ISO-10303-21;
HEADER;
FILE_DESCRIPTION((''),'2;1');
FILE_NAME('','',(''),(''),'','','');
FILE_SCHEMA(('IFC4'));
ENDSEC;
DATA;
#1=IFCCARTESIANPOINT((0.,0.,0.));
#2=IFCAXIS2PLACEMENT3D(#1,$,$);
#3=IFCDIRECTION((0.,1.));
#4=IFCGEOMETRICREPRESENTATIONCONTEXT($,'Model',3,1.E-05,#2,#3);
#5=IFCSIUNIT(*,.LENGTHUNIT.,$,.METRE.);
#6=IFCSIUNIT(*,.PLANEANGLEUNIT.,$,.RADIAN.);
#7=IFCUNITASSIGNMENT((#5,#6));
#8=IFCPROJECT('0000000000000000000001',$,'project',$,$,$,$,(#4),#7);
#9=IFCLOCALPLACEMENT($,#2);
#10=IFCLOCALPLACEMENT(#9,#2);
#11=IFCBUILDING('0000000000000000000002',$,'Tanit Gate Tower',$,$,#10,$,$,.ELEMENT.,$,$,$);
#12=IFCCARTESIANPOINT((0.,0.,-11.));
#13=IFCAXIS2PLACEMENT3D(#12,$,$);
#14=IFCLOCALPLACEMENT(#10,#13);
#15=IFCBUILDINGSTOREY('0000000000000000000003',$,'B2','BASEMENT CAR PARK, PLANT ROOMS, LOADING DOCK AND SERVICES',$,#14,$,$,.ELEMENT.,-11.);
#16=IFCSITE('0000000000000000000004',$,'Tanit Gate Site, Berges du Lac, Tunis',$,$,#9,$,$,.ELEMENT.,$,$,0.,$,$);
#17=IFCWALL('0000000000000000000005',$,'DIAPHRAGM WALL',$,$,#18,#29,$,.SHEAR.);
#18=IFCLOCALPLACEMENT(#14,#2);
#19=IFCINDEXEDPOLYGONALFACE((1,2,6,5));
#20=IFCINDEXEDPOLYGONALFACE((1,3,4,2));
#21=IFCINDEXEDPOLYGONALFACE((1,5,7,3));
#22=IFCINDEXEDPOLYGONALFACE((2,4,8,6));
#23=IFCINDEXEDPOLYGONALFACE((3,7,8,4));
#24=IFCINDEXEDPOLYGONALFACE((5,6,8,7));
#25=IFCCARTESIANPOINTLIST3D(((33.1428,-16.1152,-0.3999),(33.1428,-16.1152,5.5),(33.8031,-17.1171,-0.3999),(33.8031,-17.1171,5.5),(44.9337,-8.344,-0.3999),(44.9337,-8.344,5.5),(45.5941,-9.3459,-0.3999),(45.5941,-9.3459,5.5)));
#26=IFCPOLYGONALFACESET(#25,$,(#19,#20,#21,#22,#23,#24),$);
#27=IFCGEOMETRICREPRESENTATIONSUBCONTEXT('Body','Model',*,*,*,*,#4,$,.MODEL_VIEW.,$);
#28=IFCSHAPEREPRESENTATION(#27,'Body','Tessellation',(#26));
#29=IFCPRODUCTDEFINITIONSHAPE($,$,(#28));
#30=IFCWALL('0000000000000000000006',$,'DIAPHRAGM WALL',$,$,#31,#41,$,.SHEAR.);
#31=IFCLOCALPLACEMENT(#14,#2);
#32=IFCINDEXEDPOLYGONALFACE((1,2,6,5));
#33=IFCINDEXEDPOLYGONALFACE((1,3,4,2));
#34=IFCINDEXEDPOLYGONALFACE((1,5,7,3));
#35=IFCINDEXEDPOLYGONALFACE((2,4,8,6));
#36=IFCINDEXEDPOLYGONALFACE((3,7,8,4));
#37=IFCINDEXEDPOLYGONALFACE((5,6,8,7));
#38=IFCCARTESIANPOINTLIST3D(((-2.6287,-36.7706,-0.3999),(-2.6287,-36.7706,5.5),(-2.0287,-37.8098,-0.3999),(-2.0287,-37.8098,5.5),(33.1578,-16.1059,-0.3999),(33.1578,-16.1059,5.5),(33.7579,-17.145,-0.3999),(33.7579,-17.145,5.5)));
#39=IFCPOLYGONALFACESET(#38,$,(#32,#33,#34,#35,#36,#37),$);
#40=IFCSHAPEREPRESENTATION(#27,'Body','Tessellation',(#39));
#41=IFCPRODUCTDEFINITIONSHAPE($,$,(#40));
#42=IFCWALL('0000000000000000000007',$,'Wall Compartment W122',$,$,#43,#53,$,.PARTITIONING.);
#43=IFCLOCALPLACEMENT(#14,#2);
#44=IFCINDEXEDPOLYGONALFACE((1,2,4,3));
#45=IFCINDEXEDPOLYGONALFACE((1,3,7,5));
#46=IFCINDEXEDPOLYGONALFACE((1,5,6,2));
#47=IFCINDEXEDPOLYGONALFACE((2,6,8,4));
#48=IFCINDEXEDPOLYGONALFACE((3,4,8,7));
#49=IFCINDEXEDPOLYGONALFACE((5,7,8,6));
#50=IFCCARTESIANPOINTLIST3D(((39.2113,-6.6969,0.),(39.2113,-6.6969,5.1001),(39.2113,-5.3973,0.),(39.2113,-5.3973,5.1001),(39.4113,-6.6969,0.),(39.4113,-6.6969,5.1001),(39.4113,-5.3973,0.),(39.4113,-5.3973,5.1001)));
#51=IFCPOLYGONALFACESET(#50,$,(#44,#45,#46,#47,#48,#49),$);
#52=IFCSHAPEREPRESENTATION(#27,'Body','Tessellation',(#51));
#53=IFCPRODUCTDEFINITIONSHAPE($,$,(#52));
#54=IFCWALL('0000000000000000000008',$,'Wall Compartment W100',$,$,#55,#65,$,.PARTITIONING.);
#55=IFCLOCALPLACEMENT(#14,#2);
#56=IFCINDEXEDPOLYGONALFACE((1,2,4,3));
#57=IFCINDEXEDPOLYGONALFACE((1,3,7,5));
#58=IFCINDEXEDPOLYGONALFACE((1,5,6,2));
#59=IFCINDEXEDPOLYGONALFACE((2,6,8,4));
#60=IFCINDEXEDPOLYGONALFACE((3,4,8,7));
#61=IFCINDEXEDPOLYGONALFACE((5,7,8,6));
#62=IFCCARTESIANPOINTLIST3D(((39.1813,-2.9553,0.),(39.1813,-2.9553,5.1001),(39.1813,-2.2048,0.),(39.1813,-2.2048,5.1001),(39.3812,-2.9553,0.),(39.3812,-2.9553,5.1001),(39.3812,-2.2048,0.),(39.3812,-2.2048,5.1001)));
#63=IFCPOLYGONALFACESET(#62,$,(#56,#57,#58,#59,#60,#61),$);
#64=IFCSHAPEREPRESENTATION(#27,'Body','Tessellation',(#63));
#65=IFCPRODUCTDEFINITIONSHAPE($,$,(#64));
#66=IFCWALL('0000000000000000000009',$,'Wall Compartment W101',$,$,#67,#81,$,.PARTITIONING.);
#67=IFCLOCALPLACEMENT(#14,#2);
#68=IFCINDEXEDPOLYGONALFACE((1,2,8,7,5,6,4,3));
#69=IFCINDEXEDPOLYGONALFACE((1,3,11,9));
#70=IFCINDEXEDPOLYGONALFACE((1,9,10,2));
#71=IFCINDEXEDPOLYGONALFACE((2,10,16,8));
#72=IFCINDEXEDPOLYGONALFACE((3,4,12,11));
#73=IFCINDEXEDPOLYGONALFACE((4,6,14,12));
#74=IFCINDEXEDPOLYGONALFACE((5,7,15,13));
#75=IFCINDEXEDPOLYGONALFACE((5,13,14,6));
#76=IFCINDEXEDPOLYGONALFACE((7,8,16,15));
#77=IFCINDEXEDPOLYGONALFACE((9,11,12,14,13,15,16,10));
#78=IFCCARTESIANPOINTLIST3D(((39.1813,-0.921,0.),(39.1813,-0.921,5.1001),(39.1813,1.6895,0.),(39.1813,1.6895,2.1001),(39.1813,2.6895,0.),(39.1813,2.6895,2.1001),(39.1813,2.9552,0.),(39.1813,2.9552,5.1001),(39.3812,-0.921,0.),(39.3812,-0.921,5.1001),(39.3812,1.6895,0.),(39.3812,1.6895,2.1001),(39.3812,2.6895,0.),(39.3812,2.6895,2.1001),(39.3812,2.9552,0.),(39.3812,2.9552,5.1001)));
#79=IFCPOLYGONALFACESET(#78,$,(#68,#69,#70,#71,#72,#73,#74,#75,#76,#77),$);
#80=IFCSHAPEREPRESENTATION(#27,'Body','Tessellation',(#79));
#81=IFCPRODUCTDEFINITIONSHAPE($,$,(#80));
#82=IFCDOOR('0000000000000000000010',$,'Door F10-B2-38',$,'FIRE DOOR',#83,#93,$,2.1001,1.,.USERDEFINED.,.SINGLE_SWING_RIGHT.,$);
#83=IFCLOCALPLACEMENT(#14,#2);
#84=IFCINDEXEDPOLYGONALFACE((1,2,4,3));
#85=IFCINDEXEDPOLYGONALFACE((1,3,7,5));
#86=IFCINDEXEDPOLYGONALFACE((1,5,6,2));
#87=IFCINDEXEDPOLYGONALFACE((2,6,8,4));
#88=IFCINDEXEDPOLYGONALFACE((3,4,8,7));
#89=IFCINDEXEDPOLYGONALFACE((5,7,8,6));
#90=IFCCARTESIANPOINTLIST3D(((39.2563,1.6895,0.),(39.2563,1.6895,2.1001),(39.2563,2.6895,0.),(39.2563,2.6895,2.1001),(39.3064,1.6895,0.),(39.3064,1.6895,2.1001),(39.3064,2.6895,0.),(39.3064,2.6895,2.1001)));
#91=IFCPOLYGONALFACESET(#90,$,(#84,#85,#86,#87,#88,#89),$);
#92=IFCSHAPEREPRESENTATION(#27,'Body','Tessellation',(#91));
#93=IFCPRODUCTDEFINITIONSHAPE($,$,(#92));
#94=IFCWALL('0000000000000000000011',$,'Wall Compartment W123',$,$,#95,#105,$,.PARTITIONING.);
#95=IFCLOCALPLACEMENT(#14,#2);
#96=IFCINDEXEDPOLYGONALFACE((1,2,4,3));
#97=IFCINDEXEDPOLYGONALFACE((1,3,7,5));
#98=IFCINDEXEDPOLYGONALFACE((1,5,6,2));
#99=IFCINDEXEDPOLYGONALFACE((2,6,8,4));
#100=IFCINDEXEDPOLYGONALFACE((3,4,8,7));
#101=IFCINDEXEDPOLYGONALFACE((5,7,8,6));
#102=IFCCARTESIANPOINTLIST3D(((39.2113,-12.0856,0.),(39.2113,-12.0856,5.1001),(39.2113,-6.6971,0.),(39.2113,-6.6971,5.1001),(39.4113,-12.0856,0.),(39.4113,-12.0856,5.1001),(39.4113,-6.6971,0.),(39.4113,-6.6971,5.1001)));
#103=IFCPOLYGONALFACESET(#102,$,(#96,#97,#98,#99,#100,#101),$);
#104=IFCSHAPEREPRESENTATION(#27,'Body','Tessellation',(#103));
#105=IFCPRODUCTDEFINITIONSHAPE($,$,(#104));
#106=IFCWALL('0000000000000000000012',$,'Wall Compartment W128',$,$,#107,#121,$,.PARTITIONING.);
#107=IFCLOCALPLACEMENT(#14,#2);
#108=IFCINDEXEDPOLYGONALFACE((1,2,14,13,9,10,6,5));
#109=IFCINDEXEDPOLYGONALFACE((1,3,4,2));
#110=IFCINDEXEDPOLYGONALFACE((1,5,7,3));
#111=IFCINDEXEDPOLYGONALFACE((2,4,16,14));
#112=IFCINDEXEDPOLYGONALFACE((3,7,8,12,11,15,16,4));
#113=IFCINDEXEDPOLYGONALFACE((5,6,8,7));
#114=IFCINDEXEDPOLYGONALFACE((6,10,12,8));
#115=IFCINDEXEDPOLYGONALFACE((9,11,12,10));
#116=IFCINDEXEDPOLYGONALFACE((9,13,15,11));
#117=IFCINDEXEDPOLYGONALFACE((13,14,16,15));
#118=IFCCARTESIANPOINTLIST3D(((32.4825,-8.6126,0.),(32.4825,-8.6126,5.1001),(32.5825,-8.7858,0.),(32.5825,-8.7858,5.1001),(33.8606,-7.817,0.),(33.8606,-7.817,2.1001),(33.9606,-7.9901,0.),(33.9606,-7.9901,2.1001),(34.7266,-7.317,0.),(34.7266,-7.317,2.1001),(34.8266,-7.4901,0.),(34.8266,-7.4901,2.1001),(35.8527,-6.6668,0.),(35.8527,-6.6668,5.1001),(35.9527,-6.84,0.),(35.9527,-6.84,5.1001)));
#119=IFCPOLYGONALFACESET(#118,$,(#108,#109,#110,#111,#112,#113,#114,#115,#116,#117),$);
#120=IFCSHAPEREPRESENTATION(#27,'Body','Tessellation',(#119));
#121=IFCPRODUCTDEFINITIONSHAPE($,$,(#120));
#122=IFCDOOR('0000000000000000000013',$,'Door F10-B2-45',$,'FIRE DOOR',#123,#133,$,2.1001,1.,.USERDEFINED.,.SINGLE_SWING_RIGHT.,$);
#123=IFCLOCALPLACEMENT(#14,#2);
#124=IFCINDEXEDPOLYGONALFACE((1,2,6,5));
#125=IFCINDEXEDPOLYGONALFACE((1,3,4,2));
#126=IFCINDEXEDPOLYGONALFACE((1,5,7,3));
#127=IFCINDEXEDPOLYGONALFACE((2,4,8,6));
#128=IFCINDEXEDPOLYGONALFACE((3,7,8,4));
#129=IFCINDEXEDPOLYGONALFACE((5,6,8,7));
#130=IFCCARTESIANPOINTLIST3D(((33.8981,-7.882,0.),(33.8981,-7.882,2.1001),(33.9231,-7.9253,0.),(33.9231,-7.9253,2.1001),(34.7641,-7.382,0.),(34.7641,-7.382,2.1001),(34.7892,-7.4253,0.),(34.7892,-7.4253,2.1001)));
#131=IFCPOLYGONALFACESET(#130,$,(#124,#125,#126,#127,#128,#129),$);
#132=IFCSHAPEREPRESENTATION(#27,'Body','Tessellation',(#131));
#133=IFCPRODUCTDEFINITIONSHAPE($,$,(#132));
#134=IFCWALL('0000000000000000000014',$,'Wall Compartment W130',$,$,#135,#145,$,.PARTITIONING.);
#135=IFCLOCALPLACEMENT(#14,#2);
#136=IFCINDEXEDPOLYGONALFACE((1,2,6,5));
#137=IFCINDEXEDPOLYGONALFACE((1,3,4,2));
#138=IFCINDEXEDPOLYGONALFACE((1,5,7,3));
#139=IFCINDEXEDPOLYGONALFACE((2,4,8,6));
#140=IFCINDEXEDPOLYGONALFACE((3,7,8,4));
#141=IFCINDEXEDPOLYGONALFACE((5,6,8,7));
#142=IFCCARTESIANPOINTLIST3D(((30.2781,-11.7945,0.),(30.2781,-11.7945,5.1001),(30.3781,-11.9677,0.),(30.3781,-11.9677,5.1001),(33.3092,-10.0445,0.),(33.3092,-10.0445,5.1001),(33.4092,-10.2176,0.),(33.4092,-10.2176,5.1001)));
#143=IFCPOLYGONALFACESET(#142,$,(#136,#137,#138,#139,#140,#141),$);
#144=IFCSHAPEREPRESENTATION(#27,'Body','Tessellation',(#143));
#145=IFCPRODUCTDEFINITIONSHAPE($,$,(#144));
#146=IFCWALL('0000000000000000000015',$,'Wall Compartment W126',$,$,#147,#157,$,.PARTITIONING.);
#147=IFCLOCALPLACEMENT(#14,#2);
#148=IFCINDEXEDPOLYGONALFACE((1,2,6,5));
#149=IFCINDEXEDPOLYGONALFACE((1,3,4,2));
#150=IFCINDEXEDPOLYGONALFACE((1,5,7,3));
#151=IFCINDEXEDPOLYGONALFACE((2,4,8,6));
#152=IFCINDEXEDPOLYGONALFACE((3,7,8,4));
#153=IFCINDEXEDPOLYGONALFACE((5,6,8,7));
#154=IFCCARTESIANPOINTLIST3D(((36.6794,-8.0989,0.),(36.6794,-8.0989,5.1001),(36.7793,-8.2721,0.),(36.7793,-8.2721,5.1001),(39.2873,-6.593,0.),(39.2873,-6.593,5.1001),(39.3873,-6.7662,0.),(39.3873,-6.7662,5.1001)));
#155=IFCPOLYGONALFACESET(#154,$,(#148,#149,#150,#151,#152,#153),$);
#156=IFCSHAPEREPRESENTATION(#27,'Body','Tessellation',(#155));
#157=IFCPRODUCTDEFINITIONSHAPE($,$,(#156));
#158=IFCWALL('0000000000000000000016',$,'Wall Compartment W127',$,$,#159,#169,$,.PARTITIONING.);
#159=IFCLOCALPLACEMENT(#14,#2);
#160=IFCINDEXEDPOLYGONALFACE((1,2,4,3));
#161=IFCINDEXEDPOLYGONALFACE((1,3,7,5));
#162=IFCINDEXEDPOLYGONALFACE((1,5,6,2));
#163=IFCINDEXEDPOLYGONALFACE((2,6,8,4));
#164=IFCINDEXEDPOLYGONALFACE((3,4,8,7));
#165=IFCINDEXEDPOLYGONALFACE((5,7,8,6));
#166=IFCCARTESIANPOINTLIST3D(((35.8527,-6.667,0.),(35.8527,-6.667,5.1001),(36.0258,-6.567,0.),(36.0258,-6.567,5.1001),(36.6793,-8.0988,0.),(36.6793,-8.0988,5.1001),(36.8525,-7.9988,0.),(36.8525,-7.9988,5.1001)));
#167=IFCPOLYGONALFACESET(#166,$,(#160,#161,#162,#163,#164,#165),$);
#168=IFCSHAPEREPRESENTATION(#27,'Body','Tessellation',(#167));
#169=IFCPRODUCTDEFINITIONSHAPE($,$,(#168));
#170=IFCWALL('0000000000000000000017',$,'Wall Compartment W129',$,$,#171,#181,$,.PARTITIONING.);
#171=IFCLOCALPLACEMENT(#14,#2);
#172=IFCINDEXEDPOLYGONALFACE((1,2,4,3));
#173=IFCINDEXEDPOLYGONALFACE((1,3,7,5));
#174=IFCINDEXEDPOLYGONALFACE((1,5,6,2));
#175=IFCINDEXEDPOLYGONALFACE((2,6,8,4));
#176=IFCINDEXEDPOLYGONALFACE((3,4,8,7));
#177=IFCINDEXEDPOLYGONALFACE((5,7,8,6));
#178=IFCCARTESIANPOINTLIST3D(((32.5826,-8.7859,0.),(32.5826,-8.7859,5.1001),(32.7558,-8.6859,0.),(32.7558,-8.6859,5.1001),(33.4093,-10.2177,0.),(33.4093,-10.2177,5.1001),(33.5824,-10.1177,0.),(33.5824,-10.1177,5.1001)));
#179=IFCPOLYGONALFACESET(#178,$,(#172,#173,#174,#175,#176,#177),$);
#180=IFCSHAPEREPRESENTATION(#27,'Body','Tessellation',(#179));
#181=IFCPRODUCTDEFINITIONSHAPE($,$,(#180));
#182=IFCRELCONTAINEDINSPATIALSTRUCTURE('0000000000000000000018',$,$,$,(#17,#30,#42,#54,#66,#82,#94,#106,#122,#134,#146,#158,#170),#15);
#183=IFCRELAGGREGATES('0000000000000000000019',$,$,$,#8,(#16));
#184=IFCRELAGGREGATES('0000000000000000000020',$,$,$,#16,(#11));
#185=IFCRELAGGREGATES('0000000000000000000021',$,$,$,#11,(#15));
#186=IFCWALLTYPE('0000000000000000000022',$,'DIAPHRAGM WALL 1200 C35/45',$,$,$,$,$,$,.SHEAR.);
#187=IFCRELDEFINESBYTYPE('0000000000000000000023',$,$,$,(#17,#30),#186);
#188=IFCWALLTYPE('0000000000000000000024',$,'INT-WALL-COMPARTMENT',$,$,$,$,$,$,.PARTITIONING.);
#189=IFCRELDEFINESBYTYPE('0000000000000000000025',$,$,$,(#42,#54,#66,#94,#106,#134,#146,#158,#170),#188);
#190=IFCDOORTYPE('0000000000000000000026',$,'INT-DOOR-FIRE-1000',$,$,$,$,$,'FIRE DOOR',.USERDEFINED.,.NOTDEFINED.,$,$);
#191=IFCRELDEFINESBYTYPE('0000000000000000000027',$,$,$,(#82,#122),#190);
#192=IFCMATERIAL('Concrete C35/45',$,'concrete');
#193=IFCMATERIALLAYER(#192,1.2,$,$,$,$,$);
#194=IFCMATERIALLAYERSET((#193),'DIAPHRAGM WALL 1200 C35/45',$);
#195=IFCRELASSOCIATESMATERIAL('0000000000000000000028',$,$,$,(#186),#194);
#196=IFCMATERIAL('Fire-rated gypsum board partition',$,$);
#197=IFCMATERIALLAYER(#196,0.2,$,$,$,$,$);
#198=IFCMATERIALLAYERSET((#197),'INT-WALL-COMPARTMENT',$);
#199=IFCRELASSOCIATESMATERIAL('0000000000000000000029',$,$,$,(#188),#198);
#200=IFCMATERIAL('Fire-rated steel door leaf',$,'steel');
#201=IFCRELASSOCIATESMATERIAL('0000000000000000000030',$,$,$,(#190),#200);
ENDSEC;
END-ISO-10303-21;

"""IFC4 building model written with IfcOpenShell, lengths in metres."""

from ifc_helpers import new_model, si_unit, direction, frame, frame_2d, origin, place, context, subcontext, project, spatial, rectangle, extrude, material, layer, layer_set, type_object, element, fill, save


model = new_model("IFC4")

# Units and contexts
model_context = context("Model", 3, precision=1e-05, world=origin(), true_north=direction((0.0, 1.0)))
body_context = subcontext(model_context, "Body", "Model", "MODEL_VIEW")
ifc_project = project(units=[si_unit("LENGTHUNIT", "METRE"), si_unit("PLANEANGLEUNIT", "RADIAN")], contexts=[model_context])

# Site, building, storey
site_placement = place(None, origin())
site = spatial("IfcSite", under=ifc_project, at=site_placement, Name="Tanit Gate Site, Berges du Lac, Tunis", CompositionType="ELEMENT", RefElevation=0.0)
building_placement = place(site_placement, origin())
building = spatial("IfcBuilding", under=site, at=building_placement, Name="Tanit Gate Tower", CompositionType="ELEMENT")
storey_placement = place(building_placement, frame((0.0, 0.0, -11.0)))
storey = spatial("IfcBuildingStorey", under=building, at=storey_placement, Name="B2", Description="BASEMENT CAR PARK, PLANT ROOMS, LOADING DOCK AND SERVICES", CompositionType="ELEMENT", Elevation=-11.0)

# Walls
ifc_material_1 = material(Name="Concrete C35/45", Category="concrete")
ifc_layer_1 = layer(ifc_material_1, 1.2)
ifc_layer_set_1 = layer_set([ifc_layer_1], Name="DIAPHRAGM WALL 1200 C35/45")
wall_type_1 = type_object("IfcWallType", Name="DIAPHRAGM WALL 1200 C35/45", PredefinedType="SHEAR", material=ifc_layer_set_1)
wall_1_placement = place(storey_placement, frame((45.2639, -8.845, -0.3999), z_axis=(0.0, 0.0, 1.0), x_axis=(-0.834962, -0.550308, 0.0)))
element("IfcWall", 1, at=wall_1_placement, inside=storey, type_object=wall_type_1, Name="DIAPHRAGM WALL", PredefinedType="SHEAR", context=body_context, shape_type="SweptSolid", body=[
    extrude(rectangle(XDim=14.1216, YDim=1.2, at=frame_2d((7.0608, 0.0))), origin(), (0.0, 0.0, 1.0), 5.8999),
])
wall_2_placement = place(storey_placement, frame((33.4578, -16.6255, -0.3999), z_axis=(0.0, 0.0, 1.0), x_axis=(-0.86599, -0.500061, 0.0)))
element("IfcWall", 2, at=wall_2_placement, inside=storey, type_object=wall_type_1, Name="DIAPHRAGM WALL", PredefinedType="SHEAR", context=body_context, shape_type="SweptSolid", body=[
    extrude(rectangle(XDim=41.3245, YDim=1.2, at=frame_2d((20.6621, 0.0))), origin(), (0.0, 0.0, 1.0), 5.8999),
])
ifc_material_2 = material(Name="Fire-rated gypsum board partition")
ifc_layer_2 = layer(ifc_material_2, 0.2)
ifc_layer_set_2 = layer_set([ifc_layer_2], Name="INT-WALL-COMPARTMENT")
wall_type_2 = type_object("IfcWallType", Name="INT-WALL-COMPARTMENT", PredefinedType="PARTITIONING", material=ifc_layer_set_2)
wall_3_placement = place(storey_placement, frame((39.3113, -6.697, 0.0), z_axis=(0.0, 0.0, 1.0), x_axis=(0.0, 1.0, 0.0)))
element("IfcWall", 3, at=wall_3_placement, inside=storey, type_object=wall_type_2, Name="Wall Compartment W122", PredefinedType="PARTITIONING", context=body_context, shape_type="SweptSolid", body=[
    extrude(rectangle(XDim=1.2996, YDim=0.2, at=frame_2d((0.6499, 0.0))), origin(), (0.0, 0.0, 1.0), 5.1001),
])
wall_4_placement = place(storey_placement, frame((39.2812, -2.9553, 0.0), z_axis=(0.0, 0.0, 1.0), x_axis=(0.0, 1.0, 0.0)))
element("IfcWall", 4, at=wall_4_placement, inside=storey, type_object=wall_type_2, Name="Wall Compartment W100", PredefinedType="PARTITIONING", context=body_context, shape_type="SweptSolid", body=[
    extrude(rectangle(XDim=0.7505, YDim=0.2, at=frame_2d((0.3752, 0.0))), origin(), (0.0, 0.0, 1.0), 5.1001),
])

# Wall, opening, door
wall_5_placement = place(storey_placement, frame((39.2812, -0.9209, 0.0), z_axis=(0.0, 0.0, 1.0), x_axis=(0.0, 1.0, 0.0)))
wall_5 = element("IfcWall", 5, at=wall_5_placement, inside=storey, type_object=wall_type_2, Name="Wall Compartment W101", PredefinedType="PARTITIONING", context=body_context, shape_type="SweptSolid", body=[
    extrude(rectangle(XDim=3.8762, YDim=0.2, at=frame_2d((1.938, 0.0))), origin(), (0.0, 0.0, 1.0), 5.1001),
])
opening_1_placement = place(wall_5_placement, frame((2.6104, 0.0, 0.0)))
opening_1 = element("IfcOpeningElement", 6, at=opening_1_placement, cuts=wall_5, PredefinedType="OPENING", context=body_context, shape_type="SweptSolid", body=[
    extrude(rectangle(XDim=1.0, YDim=2.1001, at=frame_2d((0.5, 1.05))), frame((0.0, 0.1099, 0.0), z_axis=(0.0, -1.0, 0.0), x_axis=(1.0, 0.0, 0.0)), (0.0, 0.0, 1.0), 0.22),
])
ifc_material_3 = material(Name="Fire-rated steel door leaf", Category="steel")
door_type = type_object("IfcDoorType", Name="INT-DOOR-FIRE-1000", ElementType="FIRE DOOR", OperationType="NOTDEFINED", PredefinedType="USERDEFINED", material=ifc_material_3)
door_1_placement = place(opening_1_placement, origin())
door_1 = element("IfcDoor", 7, at=door_1_placement, inside=storey, type_object=door_type, Name="Door F10-B2-38", ObjectType="FIRE DOOR", OperationType="SINGLE_SWING_RIGHT", OverallHeight=2.1001, OverallWidth=1.0, PredefinedType="USERDEFINED", context=body_context, shape_type="SweptSolid", body=[
    extrude(rectangle(XDim=1.0, YDim=2.1001, at=frame_2d((0.5, 1.05))), frame((0.0, 0.0249, 0.0), z_axis=(0.0, -1.0, 0.0), x_axis=(1.0, 0.0, 0.0)), (0.0, 0.0, 1.0), 0.05),
])
fill(opening_1, door_1)

# Wall
wall_6_placement = place(storey_placement, frame((39.3113, -6.697, 0.0), z_axis=(0.0, 0.0, 1.0), x_axis=(0.0, -1.0, 0.0)))
element("IfcWall", 8, at=wall_6_placement, inside=storey, type_object=wall_type_2, Name="Wall Compartment W123", PredefinedType="PARTITIONING", context=body_context, shape_type="SweptSolid", body=[
    extrude(rectangle(XDim=5.3884, YDim=0.2, at=frame_2d((2.6943, 0.0))), origin(), (0.0, 0.0, 1.0), 5.1001),
])

# Wall, opening, door
wall_7_placement = place(storey_placement, frame((32.5325, -8.6992, 0.0), z_axis=(0.0, 0.0, 1.0), x_axis=(0.866018, 0.500012, 0.0)))
wall_7 = element("IfcWall", 9, at=wall_7_placement, inside=storey, type_object=wall_type_2, Name="Wall Compartment W128", PredefinedType="PARTITIONING", context=body_context, shape_type="SweptSolid", body=[
    extrude(rectangle(XDim=3.8916, YDim=0.2, at=frame_2d((1.9458, 0.0))), origin(), (0.0, 0.0, 1.0), 5.1001),
])
opening_2_placement = place(wall_7_placement, frame((1.5913, 0.0, 0.0)))
opening_2 = element("IfcOpeningElement", 10, at=opening_2_placement, cuts=wall_7, PredefinedType="OPENING", context=body_context, shape_type="SweptSolid", body=[
    extrude(rectangle(XDim=1.0, YDim=2.1001, at=frame_2d((0.5, 1.05))), frame((0.0, 0.1099, 0.0), z_axis=(0.0, -1.0, 0.0), x_axis=(1.0, 0.0, 0.0)), (0.0, 0.0, 1.0), 0.22),
])
door_2_placement = place(opening_2_placement, origin())
door_2 = element("IfcDoor", 11, at=door_2_placement, inside=storey, type_object=door_type, Name="Door F10-B2-45", ObjectType="FIRE DOOR", OperationType="SINGLE_SWING_RIGHT", OverallHeight=2.1001, OverallWidth=1.0, PredefinedType="USERDEFINED", context=body_context, shape_type="SweptSolid", body=[
    extrude(rectangle(XDim=1.0, YDim=2.1001, at=frame_2d((0.5, 1.05))), frame((0.0, 0.0249, 0.0), z_axis=(0.0, -1.0, 0.0), x_axis=(1.0, 0.0, 0.0)), (0.0, 0.0, 1.0), 0.05),
])
fill(opening_2, door_2)

# Walls
wall_8_placement = place(storey_placement, frame((30.3281, -11.8811, 0.0), z_axis=(0.0, 0.0, 1.0), x_axis=(0.866019, 0.50001, 0.0)))
element("IfcWall", 12, at=wall_8_placement, inside=storey, type_object=wall_type_2, Name="Wall Compartment W130", PredefinedType="PARTITIONING", context=body_context, shape_type="SweptSolid", body=[
    extrude(rectangle(XDim=3.5, YDim=0.2, at=frame_2d((1.75, 0.0))), origin(), (0.0, 0.0, 1.0), 5.1001),
])
wall_9_placement = place(storey_placement, frame((36.7292, -8.1855, 0.0), z_axis=(0.0, 0.0, 1.0), x_axis=(0.865999, 0.500045, 0.0)))
element("IfcWall", 13, at=wall_9_placement, inside=storey, type_object=wall_type_2, Name="Wall Compartment W126", PredefinedType="PARTITIONING", context=body_context, shape_type="SweptSolid", body=[
    extrude(rectangle(XDim=3.0115, YDim=0.2, at=frame_2d((1.5059, 0.0))), origin(), (0.0, 0.0, 1.0), 5.1001),
])
for number, where, z_axis, x_axis, name in (
    (14, (36.7659, -8.0488, 0.0), (0.0, 0.0, 1.0), (-0.499982, 0.866036, 0.0), "Wall Compartment W127"),
    (15, (33.4958, -10.1677, 0.0), (0.0, 0.0, 1.0), (-0.499982, 0.866036, 0.0), "Wall Compartment W129"),
):
    element("IfcWall", number, at=place(storey_placement, frame(where, z_axis=z_axis, x_axis=x_axis)), inside=storey, type_object=wall_type_2, Name=name, PredefinedType="PARTITIONING", context=body_context, shape_type="SweptSolid", body=[
        extrude(rectangle(XDim=1.6533, YDim=0.2, at=frame_2d((0.8267, 0.0))), origin(), (0.0, 0.0, 1.0), 5.1001),
    ])

save(model, "model.ifc")
